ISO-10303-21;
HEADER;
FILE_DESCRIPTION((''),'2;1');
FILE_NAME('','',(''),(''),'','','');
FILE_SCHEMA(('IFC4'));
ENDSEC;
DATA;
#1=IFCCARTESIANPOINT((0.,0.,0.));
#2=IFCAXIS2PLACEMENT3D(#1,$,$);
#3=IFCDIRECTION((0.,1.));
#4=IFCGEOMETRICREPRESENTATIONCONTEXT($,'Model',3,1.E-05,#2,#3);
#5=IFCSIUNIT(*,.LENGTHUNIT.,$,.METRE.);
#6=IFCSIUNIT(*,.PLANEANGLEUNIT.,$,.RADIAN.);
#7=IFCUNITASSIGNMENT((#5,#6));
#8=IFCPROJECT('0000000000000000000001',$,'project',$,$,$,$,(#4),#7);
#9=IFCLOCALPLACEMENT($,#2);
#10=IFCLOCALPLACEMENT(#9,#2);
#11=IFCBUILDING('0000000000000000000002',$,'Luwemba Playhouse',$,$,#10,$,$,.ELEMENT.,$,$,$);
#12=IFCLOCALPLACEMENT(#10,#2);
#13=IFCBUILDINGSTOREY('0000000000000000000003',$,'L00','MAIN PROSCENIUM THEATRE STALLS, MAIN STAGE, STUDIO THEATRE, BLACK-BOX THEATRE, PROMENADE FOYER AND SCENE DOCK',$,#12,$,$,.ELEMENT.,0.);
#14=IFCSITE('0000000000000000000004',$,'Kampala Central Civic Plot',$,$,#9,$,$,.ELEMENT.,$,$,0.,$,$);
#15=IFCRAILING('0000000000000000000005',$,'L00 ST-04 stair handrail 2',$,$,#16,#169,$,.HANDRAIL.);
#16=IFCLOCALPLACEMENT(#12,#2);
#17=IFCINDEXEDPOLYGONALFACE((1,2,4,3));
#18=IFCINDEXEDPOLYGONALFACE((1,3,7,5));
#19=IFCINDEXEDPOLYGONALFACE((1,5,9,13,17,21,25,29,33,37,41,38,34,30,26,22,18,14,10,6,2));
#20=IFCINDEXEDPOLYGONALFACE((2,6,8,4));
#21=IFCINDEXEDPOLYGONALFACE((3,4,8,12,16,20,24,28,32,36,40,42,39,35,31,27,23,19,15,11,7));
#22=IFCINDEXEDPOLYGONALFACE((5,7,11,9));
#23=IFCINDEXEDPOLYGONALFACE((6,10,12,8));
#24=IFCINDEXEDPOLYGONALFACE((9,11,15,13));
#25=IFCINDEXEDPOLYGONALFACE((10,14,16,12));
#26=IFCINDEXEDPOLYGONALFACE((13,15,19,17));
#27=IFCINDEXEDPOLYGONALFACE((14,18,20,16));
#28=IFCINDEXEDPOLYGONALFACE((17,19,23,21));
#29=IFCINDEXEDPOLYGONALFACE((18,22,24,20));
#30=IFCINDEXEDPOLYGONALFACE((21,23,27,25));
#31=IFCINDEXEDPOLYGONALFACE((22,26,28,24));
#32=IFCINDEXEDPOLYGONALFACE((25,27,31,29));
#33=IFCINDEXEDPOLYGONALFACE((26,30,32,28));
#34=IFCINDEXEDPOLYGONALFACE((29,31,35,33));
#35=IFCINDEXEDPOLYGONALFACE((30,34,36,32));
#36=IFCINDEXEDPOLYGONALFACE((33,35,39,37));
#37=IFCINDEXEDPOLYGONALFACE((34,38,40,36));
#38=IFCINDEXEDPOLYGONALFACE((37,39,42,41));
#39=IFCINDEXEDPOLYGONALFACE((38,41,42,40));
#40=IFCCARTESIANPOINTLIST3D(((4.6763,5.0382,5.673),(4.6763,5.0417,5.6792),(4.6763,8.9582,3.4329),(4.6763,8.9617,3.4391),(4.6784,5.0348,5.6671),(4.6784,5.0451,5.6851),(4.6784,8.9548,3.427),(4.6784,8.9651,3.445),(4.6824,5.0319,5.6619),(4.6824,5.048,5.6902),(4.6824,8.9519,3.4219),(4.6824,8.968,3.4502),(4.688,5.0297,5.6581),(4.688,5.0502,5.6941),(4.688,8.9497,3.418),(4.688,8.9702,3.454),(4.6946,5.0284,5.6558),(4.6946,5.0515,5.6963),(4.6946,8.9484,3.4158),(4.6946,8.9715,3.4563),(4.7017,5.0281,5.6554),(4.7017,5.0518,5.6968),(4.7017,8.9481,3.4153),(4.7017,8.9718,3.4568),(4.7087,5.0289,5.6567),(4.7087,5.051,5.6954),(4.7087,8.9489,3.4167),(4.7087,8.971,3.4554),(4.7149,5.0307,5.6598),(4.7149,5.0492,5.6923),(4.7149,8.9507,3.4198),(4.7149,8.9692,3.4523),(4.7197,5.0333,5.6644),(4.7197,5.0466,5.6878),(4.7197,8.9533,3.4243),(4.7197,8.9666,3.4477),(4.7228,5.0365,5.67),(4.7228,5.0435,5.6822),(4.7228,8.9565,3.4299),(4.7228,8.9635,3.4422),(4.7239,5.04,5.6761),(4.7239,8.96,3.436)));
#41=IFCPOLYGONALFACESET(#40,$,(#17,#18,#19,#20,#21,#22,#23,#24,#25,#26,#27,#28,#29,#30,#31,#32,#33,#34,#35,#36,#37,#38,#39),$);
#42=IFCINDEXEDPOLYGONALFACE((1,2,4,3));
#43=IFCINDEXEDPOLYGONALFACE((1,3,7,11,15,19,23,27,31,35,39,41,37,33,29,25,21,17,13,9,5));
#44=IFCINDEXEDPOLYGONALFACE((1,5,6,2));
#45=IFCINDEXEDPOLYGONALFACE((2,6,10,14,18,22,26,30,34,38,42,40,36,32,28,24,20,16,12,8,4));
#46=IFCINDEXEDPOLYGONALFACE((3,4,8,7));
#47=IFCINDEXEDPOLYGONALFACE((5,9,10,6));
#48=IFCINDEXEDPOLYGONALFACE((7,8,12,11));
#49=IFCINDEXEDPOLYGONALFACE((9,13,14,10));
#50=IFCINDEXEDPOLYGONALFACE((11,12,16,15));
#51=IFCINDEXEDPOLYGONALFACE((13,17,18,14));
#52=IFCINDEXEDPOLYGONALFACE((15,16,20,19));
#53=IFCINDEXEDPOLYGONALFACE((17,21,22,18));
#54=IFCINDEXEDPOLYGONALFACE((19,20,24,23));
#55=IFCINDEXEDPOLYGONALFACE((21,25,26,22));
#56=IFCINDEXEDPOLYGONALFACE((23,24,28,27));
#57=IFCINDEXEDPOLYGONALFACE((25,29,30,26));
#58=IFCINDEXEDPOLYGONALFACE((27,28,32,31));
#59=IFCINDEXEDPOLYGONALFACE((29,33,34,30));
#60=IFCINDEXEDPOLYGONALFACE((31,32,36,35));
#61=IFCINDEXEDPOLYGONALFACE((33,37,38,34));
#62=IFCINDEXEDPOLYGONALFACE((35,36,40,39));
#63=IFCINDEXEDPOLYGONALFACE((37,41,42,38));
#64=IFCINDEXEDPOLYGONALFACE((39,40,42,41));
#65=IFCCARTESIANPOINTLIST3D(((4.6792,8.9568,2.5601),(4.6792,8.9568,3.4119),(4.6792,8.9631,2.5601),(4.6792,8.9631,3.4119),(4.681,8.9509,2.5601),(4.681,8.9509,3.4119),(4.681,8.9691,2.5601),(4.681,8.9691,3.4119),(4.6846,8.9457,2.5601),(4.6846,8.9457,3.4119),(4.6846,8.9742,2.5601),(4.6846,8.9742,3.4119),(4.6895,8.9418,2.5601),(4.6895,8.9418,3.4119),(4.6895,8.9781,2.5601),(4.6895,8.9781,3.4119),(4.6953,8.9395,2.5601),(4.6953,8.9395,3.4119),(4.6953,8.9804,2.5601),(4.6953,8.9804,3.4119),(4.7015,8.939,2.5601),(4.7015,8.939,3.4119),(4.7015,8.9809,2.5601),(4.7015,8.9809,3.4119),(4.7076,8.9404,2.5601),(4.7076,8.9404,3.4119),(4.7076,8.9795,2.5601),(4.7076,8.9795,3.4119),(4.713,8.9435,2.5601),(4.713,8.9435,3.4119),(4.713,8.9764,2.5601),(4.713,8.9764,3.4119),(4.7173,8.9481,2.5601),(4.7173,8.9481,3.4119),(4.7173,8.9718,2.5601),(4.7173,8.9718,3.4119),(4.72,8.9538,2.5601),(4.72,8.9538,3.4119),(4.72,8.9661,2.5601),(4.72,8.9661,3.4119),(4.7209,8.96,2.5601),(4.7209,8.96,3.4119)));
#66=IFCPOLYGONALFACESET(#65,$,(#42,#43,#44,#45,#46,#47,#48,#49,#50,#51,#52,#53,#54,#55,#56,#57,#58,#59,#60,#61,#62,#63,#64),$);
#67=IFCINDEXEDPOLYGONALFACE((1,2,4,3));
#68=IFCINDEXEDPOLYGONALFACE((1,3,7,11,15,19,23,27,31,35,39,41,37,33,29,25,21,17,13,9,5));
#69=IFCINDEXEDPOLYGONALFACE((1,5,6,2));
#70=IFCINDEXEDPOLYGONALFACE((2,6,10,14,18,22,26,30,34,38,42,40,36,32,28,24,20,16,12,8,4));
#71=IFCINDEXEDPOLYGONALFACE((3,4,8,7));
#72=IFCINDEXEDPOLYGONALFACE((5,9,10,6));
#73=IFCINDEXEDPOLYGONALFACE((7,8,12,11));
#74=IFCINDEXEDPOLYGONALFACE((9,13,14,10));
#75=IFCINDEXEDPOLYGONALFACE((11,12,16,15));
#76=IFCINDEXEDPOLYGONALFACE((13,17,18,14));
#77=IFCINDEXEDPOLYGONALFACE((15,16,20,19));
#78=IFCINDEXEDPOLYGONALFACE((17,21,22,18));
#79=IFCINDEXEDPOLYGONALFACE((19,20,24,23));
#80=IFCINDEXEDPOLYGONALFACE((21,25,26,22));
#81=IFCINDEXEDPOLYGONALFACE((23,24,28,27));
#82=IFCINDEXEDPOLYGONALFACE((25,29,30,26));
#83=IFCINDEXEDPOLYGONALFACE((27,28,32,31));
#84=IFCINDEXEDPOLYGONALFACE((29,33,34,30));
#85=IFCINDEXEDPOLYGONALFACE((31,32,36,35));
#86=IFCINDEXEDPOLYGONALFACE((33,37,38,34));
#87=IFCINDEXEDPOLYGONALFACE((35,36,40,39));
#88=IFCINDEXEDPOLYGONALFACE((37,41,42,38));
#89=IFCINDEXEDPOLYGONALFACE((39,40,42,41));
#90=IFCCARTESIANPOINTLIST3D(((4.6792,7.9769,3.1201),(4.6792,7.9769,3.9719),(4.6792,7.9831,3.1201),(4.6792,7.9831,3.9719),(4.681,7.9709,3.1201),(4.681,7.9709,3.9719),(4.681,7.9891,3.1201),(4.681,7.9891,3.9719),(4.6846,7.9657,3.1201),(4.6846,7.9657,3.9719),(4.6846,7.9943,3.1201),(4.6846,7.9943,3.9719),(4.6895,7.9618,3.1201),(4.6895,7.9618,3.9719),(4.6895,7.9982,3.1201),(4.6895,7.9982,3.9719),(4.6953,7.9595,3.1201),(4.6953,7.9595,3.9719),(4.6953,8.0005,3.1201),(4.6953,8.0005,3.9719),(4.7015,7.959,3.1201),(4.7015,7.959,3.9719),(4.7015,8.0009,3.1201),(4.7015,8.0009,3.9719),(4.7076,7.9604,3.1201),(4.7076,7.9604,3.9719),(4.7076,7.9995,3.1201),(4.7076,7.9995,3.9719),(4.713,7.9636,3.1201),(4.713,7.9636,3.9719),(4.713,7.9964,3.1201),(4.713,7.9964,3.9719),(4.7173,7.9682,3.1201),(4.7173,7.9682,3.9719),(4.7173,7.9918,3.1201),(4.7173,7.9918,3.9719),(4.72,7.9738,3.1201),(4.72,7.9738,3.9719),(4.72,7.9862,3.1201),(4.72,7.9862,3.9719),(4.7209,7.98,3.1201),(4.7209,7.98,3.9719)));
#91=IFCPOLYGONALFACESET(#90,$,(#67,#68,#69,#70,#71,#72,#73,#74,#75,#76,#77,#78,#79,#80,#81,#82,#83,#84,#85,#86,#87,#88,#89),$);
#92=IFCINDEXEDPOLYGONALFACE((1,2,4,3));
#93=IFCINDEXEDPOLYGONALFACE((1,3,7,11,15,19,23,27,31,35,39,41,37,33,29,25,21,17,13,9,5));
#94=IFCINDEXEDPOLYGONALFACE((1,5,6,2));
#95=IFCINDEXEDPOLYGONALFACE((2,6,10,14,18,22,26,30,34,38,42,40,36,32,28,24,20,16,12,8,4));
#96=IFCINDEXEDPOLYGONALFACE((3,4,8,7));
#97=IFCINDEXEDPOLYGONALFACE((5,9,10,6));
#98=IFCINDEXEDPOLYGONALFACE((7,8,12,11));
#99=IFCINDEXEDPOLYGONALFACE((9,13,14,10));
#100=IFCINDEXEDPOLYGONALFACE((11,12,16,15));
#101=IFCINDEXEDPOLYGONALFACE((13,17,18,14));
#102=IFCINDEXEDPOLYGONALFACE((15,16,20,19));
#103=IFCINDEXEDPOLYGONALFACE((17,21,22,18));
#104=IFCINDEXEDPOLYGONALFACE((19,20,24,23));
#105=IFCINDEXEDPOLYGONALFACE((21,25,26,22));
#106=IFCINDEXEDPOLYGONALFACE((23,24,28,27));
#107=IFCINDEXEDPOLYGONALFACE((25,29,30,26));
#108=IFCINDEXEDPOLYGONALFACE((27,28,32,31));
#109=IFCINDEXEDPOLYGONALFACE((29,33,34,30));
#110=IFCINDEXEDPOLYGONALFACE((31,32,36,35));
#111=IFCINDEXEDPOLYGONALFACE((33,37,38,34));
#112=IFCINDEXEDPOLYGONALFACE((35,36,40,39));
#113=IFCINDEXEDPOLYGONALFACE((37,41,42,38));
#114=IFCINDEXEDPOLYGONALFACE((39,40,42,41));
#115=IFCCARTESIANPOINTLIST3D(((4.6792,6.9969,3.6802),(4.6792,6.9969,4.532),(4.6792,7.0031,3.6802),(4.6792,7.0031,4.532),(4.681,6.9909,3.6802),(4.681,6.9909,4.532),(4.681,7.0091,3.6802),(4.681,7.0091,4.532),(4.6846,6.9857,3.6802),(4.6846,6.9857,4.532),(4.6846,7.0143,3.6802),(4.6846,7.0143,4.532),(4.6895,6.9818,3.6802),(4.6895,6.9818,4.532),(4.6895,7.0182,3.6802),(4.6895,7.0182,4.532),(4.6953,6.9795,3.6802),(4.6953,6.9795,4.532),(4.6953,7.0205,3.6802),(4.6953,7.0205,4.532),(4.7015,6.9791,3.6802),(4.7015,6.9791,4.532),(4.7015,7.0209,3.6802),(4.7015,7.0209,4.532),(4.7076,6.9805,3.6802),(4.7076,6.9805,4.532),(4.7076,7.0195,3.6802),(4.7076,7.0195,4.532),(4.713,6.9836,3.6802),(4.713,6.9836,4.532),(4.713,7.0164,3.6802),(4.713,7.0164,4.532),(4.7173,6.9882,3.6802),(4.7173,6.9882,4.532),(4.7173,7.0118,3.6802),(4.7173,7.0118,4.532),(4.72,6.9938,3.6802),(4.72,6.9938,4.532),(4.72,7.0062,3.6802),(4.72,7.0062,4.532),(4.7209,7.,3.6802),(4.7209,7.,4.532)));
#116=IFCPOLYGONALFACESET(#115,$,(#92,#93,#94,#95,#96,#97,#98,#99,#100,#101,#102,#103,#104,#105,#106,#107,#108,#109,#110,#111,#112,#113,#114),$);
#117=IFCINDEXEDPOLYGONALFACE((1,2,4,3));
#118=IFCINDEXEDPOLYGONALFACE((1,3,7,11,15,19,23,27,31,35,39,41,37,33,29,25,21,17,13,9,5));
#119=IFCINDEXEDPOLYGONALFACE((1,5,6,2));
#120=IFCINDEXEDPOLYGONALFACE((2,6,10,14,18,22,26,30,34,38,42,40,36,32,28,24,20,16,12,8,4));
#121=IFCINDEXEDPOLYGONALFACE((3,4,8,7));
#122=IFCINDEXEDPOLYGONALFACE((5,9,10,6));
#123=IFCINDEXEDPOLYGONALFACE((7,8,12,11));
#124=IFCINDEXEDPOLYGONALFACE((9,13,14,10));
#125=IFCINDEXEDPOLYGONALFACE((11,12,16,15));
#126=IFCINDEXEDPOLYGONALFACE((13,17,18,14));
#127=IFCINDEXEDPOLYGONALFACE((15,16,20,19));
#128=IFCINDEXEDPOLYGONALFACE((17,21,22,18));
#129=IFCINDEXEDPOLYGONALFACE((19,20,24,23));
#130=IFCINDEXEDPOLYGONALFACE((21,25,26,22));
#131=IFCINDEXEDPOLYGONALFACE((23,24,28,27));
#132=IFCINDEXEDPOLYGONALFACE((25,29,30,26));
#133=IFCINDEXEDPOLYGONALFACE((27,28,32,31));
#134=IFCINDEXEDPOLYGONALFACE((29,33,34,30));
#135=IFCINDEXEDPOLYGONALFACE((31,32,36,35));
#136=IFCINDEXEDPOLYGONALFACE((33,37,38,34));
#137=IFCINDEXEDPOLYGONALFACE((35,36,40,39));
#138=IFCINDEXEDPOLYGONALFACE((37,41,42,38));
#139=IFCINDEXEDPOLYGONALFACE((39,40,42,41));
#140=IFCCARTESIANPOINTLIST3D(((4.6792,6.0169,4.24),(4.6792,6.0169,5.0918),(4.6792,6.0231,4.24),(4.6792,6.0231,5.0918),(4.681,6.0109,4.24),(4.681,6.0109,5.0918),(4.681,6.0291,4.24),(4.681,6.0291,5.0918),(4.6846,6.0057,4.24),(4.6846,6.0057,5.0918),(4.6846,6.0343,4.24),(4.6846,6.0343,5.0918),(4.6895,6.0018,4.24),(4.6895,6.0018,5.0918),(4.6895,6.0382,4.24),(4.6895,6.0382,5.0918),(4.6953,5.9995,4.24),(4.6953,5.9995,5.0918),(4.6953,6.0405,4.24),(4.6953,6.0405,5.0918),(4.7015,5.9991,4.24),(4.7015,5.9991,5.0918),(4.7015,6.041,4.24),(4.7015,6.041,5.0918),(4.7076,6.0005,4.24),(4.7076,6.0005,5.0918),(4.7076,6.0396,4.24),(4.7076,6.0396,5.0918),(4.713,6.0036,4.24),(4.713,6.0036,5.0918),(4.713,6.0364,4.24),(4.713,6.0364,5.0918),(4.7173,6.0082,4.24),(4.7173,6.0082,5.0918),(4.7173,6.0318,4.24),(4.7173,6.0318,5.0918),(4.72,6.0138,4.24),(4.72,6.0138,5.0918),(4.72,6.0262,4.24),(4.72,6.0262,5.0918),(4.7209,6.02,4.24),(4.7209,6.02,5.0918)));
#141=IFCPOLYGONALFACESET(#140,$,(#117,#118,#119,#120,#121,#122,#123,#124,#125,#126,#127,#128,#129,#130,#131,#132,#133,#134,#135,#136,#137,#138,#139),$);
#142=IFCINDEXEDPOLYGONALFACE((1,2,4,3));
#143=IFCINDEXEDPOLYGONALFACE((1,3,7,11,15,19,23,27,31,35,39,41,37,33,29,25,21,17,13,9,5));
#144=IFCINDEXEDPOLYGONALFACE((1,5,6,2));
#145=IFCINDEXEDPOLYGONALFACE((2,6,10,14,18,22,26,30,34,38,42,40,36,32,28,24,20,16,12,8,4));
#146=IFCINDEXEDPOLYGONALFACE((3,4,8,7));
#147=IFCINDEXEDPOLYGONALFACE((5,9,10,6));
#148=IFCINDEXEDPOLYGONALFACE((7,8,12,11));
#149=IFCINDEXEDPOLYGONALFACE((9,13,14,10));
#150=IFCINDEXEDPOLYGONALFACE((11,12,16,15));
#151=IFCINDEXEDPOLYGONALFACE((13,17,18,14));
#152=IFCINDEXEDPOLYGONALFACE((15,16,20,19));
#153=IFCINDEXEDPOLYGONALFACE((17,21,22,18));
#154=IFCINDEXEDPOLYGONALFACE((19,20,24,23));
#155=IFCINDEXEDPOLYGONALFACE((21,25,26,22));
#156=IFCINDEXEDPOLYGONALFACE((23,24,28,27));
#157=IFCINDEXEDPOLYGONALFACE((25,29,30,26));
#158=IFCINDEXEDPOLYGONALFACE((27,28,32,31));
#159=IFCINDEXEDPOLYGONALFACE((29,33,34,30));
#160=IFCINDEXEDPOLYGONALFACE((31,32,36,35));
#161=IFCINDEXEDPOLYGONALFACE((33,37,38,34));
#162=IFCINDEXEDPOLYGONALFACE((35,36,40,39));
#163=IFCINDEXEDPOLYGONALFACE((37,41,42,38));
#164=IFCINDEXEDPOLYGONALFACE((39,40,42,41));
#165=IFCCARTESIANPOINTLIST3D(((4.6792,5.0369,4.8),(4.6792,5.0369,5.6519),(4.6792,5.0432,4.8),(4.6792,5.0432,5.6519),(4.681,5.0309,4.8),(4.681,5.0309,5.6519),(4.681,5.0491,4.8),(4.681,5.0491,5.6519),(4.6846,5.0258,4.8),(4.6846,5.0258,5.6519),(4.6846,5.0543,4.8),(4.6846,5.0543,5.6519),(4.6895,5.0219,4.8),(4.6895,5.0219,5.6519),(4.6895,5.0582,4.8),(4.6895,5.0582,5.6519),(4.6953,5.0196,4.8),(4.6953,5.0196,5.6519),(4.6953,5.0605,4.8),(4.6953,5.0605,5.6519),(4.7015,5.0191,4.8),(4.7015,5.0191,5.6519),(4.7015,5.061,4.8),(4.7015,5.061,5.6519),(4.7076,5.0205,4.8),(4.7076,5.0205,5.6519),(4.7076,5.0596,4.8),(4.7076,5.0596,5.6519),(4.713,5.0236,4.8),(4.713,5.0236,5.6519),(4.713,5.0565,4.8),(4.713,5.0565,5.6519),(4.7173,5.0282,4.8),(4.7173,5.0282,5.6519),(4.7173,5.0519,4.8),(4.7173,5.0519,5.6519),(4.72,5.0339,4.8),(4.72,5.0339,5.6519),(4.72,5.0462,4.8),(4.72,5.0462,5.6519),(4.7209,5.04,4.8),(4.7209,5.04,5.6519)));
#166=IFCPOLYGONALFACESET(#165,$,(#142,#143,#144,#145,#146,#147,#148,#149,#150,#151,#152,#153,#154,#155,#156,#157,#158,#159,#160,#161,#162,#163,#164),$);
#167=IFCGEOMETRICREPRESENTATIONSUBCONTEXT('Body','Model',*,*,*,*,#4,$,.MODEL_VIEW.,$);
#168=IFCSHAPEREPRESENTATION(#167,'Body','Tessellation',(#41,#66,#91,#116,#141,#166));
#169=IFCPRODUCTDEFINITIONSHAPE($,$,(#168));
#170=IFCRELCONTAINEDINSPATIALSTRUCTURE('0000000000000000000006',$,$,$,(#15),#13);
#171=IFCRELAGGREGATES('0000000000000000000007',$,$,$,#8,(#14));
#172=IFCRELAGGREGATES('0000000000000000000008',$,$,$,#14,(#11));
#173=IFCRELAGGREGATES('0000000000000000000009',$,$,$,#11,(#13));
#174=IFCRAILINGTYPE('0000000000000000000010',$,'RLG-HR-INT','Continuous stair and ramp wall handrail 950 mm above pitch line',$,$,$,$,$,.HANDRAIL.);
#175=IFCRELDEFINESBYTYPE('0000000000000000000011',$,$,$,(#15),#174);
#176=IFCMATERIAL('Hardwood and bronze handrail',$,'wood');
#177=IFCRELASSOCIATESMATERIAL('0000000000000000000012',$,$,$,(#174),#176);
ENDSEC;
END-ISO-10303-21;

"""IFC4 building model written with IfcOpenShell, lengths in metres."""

from ifc_helpers import new_model, si_unit, direction, frame, origin, origin_2d, place, context, subcontext, project, spatial, circle, extrude, material, type_object, element, save


model = new_model("IFC4")

# Units and contexts
model_context = context("Model", 3, precision=1e-05, world=origin(), true_north=direction((0.0, 1.0)))
body_context = subcontext(model_context, "Body", "Model", "MODEL_VIEW")
ifc_project = project(units=[si_unit("LENGTHUNIT", "METRE"), si_unit("PLANEANGLEUNIT", "RADIAN")], contexts=[model_context])

# Site, building, storey
site_placement = place(None, origin())
site = spatial("IfcSite", under=ifc_project, at=site_placement, Name="Kampala Central Civic Plot", CompositionType="ELEMENT", RefElevation=0.0)
building_placement = place(site_placement, origin())
building = spatial("IfcBuilding", under=site, at=building_placement, Name="Luwemba Playhouse", CompositionType="ELEMENT")
storey_placement = place(building_placement, origin())
storey = spatial("IfcBuildingStorey", under=building, at=storey_placement, Name="L00", Description="MAIN PROSCENIUM THEATRE STALLS, MAIN STAGE, STUDIO THEATRE, BLACK-BOX THEATRE, PROMENADE FOYER AND SCENE DOCK", CompositionType="ELEMENT", Elevation=0.0)

# Railing
ifc_material_1 = material(Name="Hardwood and bronze handrail", Category="wood")
railing_type = type_object("IfcRailingType", Name="RLG-HR-INT", Description="Continuous stair and ramp wall handrail 950 mm above pitch line", PredefinedType="HANDRAIL", material=ifc_material_1)
railing_placement = place(storey_placement, frame((4.7, 8.96, 2.5601)))
element("IfcRailing", 1, at=railing_placement, inside=storey, type_object=railing_type, Name="L00 ST-04 stair handrail 2", PredefinedType="HANDRAIL", context=body_context, shape_type="SweptSolid", body=[
    extrude(circle(Radius=0.0239, at=origin_2d()), frame((0.0, 0.0, 0.876), z_axis=(0.0, -0.86824, 0.496145), x_axis=(1.0, 0.0, 0.0)), (0.0, 0.0, 1.0), 4.5149),
    extrude(circle(Radius=0.021, at=origin_2d()), origin(), (0.0, 0.0, 1.0), 0.8518),
    extrude(circle(Radius=0.021, at=origin_2d()), frame((0.0, -0.98, 0.5601)), (0.0, 0.0, 1.0), 0.8518),
    extrude(circle(Radius=0.021, at=origin_2d()), frame((0.0, -1.96, 1.1201)), (0.0, 0.0, 1.0), 0.8518),
    extrude(circle(Radius=0.021, at=origin_2d()), frame((0.0, -2.9399, 1.6799)), (0.0, 0.0, 1.0), 0.8518),
    extrude(circle(Radius=0.021, at=origin_2d()), frame((0.0, -3.9199, 2.24)), (0.0, 0.0, 1.0), 0.8518),
])

save(model, "model.ifc")
